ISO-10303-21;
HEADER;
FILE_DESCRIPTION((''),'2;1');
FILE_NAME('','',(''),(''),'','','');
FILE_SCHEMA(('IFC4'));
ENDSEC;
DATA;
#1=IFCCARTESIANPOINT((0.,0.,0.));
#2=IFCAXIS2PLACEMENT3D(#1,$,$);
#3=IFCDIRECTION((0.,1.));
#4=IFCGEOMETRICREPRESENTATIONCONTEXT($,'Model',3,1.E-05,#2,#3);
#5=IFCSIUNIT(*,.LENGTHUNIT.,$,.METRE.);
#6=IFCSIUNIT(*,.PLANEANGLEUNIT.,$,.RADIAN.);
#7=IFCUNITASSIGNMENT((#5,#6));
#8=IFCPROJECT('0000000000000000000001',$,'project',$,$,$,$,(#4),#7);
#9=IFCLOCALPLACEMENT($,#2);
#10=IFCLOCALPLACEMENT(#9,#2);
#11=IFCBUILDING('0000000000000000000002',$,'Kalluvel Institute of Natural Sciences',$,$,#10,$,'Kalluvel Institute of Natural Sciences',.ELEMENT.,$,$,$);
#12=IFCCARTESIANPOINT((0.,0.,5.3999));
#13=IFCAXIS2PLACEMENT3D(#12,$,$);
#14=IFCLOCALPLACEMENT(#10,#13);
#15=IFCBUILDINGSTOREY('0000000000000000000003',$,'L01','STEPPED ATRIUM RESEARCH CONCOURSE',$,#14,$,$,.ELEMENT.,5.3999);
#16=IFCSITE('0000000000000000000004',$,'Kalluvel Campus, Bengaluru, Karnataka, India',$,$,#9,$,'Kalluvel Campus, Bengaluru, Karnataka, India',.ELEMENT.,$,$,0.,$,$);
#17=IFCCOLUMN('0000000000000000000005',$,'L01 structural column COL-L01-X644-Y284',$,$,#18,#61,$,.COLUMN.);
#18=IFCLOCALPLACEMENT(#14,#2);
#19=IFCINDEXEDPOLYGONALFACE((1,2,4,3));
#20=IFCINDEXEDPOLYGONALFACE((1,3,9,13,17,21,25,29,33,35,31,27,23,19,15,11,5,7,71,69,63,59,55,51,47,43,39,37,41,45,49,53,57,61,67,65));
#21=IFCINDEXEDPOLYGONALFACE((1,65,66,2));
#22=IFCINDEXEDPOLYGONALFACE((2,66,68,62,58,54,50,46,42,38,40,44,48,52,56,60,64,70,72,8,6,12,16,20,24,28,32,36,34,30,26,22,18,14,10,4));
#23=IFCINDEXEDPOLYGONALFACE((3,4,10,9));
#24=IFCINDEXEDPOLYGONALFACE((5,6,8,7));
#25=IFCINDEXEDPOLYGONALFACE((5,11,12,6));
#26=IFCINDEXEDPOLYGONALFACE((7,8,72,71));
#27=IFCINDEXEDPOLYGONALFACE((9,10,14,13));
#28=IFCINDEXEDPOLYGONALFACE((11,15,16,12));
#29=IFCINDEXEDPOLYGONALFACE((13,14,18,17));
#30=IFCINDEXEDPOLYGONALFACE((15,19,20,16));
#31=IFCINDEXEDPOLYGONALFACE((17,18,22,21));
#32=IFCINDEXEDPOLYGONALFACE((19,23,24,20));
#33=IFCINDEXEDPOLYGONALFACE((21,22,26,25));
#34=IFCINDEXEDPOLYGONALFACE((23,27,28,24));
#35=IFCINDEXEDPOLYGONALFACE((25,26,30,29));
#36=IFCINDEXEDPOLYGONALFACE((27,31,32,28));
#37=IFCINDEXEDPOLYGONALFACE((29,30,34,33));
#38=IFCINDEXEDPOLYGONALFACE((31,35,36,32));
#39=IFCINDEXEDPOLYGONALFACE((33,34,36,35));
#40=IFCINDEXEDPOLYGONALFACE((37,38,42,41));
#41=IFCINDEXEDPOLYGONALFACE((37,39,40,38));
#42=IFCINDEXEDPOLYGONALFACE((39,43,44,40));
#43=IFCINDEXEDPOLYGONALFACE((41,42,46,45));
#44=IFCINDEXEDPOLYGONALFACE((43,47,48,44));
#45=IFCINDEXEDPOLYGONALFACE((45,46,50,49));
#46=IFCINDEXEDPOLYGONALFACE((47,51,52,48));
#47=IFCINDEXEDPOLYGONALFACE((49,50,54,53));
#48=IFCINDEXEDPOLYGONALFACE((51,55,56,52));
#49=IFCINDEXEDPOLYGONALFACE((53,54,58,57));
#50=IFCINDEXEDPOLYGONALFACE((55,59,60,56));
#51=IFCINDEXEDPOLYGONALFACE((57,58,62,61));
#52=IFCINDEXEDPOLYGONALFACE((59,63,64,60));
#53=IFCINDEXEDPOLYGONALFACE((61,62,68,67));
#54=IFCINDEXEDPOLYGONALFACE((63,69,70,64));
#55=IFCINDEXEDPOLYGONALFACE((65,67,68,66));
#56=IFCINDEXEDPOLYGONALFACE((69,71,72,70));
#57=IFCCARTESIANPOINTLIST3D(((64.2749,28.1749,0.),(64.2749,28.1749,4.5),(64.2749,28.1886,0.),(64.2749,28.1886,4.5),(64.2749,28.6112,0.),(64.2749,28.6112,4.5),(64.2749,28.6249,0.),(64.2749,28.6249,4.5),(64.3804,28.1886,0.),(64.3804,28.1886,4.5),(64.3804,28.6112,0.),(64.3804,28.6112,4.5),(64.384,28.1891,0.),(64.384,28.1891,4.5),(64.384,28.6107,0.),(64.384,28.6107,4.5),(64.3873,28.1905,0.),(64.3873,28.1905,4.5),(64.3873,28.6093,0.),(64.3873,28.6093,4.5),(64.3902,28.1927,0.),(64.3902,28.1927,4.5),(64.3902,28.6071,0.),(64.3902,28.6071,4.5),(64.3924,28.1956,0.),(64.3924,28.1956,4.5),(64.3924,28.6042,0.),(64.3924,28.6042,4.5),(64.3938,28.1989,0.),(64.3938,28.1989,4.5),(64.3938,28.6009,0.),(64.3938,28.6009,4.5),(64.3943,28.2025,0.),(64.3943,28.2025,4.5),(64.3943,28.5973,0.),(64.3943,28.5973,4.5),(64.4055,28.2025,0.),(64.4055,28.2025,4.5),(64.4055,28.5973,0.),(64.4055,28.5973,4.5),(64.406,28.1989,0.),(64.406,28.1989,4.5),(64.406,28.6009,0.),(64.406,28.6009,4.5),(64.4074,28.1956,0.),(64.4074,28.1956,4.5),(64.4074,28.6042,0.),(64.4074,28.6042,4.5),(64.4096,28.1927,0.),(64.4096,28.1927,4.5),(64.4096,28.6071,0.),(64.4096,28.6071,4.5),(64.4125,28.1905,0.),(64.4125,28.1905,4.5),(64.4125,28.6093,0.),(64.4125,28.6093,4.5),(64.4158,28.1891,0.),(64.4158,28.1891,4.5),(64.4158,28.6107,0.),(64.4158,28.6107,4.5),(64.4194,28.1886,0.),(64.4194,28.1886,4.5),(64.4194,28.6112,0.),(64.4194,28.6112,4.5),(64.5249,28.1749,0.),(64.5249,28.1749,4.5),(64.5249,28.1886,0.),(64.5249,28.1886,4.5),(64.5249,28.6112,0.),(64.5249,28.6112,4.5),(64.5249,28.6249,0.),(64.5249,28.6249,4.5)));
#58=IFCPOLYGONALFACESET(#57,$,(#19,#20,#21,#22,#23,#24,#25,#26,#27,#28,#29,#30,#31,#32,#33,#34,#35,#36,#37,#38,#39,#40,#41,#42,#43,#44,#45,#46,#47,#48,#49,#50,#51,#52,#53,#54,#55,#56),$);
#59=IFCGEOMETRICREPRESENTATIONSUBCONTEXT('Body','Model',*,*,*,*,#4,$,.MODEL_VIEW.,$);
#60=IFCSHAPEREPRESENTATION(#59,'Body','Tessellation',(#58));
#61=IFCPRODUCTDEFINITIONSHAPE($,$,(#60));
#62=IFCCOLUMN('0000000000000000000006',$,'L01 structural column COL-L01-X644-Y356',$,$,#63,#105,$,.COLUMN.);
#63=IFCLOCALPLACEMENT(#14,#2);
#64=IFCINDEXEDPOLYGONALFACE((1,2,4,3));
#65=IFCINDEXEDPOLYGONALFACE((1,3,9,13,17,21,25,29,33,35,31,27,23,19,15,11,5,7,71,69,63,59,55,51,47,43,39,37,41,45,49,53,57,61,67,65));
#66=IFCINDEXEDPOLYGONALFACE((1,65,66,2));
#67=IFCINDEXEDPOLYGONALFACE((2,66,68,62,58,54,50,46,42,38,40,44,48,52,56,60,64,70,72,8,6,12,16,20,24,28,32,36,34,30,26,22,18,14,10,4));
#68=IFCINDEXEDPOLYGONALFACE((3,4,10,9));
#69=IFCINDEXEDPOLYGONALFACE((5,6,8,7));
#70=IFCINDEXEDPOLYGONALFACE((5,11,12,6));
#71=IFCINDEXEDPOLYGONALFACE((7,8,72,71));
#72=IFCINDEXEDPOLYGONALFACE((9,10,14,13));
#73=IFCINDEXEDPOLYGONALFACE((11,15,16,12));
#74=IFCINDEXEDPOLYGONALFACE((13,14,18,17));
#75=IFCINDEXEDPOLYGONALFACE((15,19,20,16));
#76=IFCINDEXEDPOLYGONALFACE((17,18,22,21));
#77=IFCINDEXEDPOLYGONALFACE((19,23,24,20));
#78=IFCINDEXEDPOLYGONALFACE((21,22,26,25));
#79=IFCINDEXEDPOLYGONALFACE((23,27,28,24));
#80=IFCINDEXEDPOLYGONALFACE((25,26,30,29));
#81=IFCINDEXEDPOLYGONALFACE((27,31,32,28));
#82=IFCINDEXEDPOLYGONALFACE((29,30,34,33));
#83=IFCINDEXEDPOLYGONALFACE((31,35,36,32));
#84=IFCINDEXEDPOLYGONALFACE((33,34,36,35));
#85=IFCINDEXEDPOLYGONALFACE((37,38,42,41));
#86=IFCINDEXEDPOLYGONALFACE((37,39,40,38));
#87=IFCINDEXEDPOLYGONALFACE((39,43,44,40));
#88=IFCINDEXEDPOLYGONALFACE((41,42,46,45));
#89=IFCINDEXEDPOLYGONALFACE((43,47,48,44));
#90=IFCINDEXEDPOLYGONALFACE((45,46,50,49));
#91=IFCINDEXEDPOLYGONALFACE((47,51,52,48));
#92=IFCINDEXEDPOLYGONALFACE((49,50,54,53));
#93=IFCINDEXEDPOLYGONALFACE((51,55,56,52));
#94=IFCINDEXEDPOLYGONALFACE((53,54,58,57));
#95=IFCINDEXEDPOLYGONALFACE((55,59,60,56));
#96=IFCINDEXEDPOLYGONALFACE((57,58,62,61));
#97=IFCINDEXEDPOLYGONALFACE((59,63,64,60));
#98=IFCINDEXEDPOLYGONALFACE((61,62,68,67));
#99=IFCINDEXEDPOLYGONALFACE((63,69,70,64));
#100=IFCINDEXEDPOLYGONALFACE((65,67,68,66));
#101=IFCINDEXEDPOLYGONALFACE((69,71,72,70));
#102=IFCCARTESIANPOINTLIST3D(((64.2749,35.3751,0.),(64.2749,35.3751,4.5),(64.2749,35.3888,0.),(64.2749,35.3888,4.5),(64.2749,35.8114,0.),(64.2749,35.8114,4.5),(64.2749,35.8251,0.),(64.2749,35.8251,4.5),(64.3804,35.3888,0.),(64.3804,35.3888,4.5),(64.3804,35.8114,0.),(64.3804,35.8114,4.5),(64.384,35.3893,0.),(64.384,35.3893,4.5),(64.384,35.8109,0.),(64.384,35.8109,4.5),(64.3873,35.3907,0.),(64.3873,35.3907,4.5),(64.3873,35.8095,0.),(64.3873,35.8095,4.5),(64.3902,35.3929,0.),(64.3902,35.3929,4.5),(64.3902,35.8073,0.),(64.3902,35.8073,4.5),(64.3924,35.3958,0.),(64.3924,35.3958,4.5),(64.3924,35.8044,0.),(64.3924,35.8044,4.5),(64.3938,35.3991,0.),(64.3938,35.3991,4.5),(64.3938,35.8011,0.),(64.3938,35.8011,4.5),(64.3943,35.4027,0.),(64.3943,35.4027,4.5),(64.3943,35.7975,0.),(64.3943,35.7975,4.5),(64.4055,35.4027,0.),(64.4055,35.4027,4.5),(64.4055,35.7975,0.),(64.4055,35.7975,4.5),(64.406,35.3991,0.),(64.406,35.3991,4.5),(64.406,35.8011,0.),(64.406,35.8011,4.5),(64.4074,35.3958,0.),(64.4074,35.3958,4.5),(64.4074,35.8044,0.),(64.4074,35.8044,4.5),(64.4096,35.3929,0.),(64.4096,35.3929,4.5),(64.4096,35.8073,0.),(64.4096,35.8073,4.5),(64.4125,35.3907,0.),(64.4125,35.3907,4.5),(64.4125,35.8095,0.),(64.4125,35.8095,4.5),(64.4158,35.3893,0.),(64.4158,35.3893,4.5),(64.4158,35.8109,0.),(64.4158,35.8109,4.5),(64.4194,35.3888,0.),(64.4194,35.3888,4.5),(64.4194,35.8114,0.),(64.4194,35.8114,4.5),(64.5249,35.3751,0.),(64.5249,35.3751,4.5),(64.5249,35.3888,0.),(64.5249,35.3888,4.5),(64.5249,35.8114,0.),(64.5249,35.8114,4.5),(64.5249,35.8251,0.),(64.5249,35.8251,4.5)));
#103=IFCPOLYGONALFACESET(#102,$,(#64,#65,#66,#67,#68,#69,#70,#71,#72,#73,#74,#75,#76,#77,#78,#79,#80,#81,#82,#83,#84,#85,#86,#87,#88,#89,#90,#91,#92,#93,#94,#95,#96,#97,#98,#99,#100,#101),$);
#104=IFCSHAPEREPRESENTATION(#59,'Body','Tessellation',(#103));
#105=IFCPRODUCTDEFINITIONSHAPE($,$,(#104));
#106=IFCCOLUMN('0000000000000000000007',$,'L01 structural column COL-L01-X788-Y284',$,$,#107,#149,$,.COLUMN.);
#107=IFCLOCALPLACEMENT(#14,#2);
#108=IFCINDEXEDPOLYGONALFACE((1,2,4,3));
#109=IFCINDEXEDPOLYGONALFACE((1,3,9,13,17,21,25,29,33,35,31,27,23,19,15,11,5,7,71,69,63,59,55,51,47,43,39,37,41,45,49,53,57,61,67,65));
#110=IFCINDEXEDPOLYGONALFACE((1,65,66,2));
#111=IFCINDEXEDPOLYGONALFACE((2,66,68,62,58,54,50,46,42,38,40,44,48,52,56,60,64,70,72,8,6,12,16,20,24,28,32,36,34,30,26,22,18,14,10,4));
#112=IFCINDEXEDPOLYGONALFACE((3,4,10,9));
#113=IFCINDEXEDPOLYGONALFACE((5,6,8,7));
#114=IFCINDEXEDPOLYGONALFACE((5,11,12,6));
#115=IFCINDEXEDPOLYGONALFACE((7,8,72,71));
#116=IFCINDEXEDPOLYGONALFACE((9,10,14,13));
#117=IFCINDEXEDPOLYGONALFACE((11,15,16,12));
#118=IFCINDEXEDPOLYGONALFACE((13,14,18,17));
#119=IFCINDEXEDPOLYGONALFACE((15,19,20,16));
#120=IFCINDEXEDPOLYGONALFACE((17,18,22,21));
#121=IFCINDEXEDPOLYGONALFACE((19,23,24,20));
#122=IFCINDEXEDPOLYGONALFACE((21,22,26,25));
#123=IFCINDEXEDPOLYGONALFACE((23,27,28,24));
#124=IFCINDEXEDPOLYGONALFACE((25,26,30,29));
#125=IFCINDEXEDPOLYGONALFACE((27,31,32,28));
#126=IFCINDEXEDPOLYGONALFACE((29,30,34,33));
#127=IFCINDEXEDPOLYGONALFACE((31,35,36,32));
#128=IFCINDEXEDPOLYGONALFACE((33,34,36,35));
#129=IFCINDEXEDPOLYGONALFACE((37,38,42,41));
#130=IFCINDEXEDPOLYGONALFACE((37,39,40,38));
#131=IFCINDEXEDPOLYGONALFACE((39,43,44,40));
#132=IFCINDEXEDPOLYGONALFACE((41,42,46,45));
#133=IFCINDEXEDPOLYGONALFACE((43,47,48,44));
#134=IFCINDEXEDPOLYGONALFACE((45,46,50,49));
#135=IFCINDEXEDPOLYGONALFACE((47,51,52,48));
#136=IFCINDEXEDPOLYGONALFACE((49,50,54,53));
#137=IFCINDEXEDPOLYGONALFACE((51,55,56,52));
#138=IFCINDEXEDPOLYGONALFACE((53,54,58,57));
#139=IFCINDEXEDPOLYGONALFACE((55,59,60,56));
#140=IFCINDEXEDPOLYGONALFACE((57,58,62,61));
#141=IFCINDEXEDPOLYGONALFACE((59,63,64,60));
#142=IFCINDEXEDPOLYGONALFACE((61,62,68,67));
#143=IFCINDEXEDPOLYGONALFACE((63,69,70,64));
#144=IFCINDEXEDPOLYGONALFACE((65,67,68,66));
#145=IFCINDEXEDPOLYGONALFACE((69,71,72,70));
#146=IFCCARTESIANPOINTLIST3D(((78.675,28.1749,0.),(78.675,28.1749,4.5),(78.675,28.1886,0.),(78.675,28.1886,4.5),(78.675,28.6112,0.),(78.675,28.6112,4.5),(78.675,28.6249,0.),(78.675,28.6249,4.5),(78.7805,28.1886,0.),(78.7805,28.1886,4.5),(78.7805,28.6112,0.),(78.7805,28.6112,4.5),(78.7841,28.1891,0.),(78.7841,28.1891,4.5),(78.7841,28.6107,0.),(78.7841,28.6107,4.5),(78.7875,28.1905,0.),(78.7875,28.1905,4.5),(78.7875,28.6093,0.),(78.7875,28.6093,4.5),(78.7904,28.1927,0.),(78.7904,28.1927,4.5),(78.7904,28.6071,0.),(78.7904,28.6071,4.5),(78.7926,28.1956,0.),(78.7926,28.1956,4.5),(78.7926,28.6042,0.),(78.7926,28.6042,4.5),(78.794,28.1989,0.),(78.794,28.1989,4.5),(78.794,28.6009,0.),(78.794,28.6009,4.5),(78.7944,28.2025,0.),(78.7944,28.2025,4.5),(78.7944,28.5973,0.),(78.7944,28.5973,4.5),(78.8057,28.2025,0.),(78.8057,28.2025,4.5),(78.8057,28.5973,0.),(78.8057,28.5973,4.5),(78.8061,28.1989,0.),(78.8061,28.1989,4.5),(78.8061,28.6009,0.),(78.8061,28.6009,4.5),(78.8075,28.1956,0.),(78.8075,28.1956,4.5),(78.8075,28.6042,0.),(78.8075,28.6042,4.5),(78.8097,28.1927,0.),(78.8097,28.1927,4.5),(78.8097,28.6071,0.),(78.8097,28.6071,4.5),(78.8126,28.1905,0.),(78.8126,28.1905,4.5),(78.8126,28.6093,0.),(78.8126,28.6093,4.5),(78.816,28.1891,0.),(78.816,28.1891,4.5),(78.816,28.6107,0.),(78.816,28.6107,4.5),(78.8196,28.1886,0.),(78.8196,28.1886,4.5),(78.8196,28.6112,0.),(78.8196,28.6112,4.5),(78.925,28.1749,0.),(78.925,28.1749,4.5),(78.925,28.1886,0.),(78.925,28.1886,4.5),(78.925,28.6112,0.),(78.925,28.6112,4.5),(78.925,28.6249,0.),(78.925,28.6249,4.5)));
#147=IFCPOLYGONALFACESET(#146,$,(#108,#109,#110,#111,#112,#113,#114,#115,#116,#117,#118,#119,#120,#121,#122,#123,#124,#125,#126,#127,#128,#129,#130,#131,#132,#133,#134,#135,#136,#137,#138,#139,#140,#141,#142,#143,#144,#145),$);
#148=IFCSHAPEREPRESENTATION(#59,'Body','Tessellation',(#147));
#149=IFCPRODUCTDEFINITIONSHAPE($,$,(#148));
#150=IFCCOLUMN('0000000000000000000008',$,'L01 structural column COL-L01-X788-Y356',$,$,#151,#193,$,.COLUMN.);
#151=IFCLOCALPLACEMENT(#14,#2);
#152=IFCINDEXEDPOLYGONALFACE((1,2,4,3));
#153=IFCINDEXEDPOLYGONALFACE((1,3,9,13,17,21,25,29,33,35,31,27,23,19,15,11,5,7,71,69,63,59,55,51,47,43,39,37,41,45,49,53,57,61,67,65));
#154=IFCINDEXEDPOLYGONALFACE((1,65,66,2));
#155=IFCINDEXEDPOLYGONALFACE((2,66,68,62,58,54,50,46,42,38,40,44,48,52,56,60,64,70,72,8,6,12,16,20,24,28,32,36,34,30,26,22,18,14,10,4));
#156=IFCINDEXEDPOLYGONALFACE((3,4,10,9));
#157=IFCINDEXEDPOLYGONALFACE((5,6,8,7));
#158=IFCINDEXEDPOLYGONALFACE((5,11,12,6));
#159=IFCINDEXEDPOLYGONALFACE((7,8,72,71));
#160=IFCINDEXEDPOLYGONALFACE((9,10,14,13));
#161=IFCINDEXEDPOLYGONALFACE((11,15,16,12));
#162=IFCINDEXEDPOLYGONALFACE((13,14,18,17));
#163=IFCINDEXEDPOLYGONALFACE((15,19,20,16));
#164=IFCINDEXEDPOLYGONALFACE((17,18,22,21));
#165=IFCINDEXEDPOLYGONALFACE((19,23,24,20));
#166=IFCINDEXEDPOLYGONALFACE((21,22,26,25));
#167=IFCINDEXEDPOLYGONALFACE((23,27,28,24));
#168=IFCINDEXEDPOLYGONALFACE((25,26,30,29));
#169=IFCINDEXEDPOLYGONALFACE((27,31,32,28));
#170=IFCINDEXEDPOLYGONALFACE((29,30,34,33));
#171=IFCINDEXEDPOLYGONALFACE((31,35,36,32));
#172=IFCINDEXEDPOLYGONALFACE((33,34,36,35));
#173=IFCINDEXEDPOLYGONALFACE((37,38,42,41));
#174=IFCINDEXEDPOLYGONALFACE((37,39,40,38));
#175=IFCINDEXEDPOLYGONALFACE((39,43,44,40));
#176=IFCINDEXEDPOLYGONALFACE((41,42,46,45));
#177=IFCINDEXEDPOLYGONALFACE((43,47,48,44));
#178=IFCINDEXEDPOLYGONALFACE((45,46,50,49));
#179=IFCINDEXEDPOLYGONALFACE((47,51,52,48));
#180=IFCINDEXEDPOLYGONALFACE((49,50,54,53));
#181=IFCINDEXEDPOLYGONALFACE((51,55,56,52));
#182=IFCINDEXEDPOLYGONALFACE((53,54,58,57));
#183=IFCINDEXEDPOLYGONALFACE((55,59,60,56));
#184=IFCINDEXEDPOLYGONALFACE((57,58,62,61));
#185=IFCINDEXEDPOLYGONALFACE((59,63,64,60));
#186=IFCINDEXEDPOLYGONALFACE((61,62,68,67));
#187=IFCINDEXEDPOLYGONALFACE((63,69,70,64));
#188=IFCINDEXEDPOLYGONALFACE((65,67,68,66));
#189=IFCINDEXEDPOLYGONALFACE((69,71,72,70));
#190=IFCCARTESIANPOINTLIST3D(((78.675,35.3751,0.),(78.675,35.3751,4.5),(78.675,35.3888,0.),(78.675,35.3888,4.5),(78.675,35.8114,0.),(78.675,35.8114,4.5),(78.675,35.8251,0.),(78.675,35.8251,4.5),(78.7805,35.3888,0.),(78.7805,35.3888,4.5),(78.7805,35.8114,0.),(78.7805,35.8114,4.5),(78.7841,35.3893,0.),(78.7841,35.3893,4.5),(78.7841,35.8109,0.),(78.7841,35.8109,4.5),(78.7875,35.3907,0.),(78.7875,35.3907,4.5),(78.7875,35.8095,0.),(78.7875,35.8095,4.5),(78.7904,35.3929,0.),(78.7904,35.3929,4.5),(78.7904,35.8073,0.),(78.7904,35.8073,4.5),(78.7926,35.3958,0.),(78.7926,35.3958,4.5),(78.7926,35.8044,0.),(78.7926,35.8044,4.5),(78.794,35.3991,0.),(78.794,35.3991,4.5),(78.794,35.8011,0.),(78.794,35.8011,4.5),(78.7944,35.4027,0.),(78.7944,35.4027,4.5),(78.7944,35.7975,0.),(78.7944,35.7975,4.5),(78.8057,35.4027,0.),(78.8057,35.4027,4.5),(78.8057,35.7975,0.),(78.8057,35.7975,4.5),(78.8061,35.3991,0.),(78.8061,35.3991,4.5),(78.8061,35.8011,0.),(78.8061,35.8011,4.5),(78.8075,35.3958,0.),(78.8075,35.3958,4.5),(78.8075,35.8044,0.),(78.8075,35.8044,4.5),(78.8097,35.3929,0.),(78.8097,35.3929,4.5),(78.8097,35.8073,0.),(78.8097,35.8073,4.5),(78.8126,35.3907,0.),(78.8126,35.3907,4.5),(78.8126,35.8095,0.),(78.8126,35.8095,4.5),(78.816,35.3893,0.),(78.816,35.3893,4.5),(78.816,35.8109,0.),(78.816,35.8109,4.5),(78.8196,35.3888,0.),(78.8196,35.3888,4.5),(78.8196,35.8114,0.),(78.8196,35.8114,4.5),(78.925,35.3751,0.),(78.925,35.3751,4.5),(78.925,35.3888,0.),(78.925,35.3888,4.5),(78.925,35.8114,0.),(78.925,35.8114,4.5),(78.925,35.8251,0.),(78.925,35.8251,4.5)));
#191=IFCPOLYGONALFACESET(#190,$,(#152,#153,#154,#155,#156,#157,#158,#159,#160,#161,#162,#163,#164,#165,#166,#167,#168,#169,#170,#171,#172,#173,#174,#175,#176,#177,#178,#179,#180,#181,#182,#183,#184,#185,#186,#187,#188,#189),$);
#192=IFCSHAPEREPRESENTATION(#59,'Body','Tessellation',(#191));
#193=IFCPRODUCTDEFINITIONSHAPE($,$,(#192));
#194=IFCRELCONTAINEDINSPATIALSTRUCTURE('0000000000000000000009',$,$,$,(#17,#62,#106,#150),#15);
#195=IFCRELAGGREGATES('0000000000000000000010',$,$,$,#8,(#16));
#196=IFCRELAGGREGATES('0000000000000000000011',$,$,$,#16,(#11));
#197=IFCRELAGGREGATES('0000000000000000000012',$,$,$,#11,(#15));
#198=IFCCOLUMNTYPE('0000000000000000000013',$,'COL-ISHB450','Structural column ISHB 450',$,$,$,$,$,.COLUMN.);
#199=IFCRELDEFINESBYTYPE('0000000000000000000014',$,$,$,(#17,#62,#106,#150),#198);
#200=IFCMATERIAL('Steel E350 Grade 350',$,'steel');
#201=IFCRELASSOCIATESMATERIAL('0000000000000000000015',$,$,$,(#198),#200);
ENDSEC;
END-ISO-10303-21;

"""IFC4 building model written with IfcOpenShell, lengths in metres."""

from ifc_helpers import new_model, si_unit, direction, frame, origin, origin_2d, place, context, subcontext, project, spatial, i_section, extrude, material, material_profile, profile_set, type_object, element, save


model = new_model("IFC4")

# Units and contexts
model_context = context("Model", 3, precision=1e-05, world=origin(), true_north=direction((0.0, 1.0)))
body_context = subcontext(model_context, "Body", "Model", "MODEL_VIEW")
ifc_project = project(units=[si_unit("LENGTHUNIT", "METRE"), si_unit("PLANEANGLEUNIT", "RADIAN")], contexts=[model_context])

# Site, building, storey
site_placement = place(None, origin())
site = spatial("IfcSite", under=ifc_project, at=site_placement, Name="Kalluvel Campus, Bengaluru, Karnataka, India", LongName="Kalluvel Campus, Bengaluru, Karnataka, India", CompositionType="ELEMENT", RefElevation=0.0)
building_placement = place(site_placement, origin())
building = spatial("IfcBuilding", under=site, at=building_placement, Name="Kalluvel Institute of Natural Sciences", LongName="Kalluvel Institute of Natural Sciences", CompositionType="ELEMENT")
storey_placement = place(building_placement, frame((0.0, 0.0, 5.3999)))
storey = spatial("IfcBuildingStorey", under=building, at=storey_placement, Name="L01", Description="STEPPED ATRIUM RESEARCH CONCOURSE", CompositionType="ELEMENT", Elevation=5.3999)

# Columns
ifc_material_1 = material(Name="Steel E350 Grade 350", Category="steel")
ifc_material_profile_1 = material_profile(ifc_material_1, i_section(OverallWidth=0.25, OverallDepth=0.45, WebThickness=0.0112, FlangeThickness=0.0137, FilletRadius=0.0139, at=origin_2d()), Name="ISHB 450")
ifc_profile_set_1 = profile_set([ifc_material_profile_1], Name="Steel E350 Grade 350")
column_type = type_object("IfcColumnType", Name="COL-ISHB450", Description="Structural column ISHB 450", PredefinedType="COLUMN", material=ifc_profile_set_1)
for number, where, z_axis, x_axis, name in (
    (1, (64.3999, 28.3999, 0.0), (0.0, 0.0, 1.0), (1.0, 0.0, 0.0), "L01 structural column COL-L01-X644-Y284"),
    (2, (64.3999, 35.6001, 0.0), (0.0, 0.0, 1.0), (1.0, 0.0, 0.0), "L01 structural column COL-L01-X644-Y356"),
    (3, (78.8, 28.3999, 0.0), (0.0, 0.0, 1.0), (1.0, 0.0, 0.0), "L01 structural column COL-L01-X788-Y284"),
    (4, (78.8, 35.6001, 0.0), (0.0, 0.0, 1.0), (1.0, 0.0, 0.0), "L01 structural column COL-L01-X788-Y356"),
):
    element("IfcColumn", number, at=place(storey_placement, frame(where, z_axis=z_axis, x_axis=x_axis)), inside=storey, type_object=column_type, Name=name, PredefinedType="COLUMN", context=body_context, shape_type="SweptSolid", body=[
        extrude(i_section(OverallWidth=0.25, OverallDepth=0.45, WebThickness=0.0112, FlangeThickness=0.0137, FilletRadius=0.0139, at=origin_2d()), origin(), (0.0, 0.0, 1.0), 4.5),
    ])

save(model, "model.ifc")
